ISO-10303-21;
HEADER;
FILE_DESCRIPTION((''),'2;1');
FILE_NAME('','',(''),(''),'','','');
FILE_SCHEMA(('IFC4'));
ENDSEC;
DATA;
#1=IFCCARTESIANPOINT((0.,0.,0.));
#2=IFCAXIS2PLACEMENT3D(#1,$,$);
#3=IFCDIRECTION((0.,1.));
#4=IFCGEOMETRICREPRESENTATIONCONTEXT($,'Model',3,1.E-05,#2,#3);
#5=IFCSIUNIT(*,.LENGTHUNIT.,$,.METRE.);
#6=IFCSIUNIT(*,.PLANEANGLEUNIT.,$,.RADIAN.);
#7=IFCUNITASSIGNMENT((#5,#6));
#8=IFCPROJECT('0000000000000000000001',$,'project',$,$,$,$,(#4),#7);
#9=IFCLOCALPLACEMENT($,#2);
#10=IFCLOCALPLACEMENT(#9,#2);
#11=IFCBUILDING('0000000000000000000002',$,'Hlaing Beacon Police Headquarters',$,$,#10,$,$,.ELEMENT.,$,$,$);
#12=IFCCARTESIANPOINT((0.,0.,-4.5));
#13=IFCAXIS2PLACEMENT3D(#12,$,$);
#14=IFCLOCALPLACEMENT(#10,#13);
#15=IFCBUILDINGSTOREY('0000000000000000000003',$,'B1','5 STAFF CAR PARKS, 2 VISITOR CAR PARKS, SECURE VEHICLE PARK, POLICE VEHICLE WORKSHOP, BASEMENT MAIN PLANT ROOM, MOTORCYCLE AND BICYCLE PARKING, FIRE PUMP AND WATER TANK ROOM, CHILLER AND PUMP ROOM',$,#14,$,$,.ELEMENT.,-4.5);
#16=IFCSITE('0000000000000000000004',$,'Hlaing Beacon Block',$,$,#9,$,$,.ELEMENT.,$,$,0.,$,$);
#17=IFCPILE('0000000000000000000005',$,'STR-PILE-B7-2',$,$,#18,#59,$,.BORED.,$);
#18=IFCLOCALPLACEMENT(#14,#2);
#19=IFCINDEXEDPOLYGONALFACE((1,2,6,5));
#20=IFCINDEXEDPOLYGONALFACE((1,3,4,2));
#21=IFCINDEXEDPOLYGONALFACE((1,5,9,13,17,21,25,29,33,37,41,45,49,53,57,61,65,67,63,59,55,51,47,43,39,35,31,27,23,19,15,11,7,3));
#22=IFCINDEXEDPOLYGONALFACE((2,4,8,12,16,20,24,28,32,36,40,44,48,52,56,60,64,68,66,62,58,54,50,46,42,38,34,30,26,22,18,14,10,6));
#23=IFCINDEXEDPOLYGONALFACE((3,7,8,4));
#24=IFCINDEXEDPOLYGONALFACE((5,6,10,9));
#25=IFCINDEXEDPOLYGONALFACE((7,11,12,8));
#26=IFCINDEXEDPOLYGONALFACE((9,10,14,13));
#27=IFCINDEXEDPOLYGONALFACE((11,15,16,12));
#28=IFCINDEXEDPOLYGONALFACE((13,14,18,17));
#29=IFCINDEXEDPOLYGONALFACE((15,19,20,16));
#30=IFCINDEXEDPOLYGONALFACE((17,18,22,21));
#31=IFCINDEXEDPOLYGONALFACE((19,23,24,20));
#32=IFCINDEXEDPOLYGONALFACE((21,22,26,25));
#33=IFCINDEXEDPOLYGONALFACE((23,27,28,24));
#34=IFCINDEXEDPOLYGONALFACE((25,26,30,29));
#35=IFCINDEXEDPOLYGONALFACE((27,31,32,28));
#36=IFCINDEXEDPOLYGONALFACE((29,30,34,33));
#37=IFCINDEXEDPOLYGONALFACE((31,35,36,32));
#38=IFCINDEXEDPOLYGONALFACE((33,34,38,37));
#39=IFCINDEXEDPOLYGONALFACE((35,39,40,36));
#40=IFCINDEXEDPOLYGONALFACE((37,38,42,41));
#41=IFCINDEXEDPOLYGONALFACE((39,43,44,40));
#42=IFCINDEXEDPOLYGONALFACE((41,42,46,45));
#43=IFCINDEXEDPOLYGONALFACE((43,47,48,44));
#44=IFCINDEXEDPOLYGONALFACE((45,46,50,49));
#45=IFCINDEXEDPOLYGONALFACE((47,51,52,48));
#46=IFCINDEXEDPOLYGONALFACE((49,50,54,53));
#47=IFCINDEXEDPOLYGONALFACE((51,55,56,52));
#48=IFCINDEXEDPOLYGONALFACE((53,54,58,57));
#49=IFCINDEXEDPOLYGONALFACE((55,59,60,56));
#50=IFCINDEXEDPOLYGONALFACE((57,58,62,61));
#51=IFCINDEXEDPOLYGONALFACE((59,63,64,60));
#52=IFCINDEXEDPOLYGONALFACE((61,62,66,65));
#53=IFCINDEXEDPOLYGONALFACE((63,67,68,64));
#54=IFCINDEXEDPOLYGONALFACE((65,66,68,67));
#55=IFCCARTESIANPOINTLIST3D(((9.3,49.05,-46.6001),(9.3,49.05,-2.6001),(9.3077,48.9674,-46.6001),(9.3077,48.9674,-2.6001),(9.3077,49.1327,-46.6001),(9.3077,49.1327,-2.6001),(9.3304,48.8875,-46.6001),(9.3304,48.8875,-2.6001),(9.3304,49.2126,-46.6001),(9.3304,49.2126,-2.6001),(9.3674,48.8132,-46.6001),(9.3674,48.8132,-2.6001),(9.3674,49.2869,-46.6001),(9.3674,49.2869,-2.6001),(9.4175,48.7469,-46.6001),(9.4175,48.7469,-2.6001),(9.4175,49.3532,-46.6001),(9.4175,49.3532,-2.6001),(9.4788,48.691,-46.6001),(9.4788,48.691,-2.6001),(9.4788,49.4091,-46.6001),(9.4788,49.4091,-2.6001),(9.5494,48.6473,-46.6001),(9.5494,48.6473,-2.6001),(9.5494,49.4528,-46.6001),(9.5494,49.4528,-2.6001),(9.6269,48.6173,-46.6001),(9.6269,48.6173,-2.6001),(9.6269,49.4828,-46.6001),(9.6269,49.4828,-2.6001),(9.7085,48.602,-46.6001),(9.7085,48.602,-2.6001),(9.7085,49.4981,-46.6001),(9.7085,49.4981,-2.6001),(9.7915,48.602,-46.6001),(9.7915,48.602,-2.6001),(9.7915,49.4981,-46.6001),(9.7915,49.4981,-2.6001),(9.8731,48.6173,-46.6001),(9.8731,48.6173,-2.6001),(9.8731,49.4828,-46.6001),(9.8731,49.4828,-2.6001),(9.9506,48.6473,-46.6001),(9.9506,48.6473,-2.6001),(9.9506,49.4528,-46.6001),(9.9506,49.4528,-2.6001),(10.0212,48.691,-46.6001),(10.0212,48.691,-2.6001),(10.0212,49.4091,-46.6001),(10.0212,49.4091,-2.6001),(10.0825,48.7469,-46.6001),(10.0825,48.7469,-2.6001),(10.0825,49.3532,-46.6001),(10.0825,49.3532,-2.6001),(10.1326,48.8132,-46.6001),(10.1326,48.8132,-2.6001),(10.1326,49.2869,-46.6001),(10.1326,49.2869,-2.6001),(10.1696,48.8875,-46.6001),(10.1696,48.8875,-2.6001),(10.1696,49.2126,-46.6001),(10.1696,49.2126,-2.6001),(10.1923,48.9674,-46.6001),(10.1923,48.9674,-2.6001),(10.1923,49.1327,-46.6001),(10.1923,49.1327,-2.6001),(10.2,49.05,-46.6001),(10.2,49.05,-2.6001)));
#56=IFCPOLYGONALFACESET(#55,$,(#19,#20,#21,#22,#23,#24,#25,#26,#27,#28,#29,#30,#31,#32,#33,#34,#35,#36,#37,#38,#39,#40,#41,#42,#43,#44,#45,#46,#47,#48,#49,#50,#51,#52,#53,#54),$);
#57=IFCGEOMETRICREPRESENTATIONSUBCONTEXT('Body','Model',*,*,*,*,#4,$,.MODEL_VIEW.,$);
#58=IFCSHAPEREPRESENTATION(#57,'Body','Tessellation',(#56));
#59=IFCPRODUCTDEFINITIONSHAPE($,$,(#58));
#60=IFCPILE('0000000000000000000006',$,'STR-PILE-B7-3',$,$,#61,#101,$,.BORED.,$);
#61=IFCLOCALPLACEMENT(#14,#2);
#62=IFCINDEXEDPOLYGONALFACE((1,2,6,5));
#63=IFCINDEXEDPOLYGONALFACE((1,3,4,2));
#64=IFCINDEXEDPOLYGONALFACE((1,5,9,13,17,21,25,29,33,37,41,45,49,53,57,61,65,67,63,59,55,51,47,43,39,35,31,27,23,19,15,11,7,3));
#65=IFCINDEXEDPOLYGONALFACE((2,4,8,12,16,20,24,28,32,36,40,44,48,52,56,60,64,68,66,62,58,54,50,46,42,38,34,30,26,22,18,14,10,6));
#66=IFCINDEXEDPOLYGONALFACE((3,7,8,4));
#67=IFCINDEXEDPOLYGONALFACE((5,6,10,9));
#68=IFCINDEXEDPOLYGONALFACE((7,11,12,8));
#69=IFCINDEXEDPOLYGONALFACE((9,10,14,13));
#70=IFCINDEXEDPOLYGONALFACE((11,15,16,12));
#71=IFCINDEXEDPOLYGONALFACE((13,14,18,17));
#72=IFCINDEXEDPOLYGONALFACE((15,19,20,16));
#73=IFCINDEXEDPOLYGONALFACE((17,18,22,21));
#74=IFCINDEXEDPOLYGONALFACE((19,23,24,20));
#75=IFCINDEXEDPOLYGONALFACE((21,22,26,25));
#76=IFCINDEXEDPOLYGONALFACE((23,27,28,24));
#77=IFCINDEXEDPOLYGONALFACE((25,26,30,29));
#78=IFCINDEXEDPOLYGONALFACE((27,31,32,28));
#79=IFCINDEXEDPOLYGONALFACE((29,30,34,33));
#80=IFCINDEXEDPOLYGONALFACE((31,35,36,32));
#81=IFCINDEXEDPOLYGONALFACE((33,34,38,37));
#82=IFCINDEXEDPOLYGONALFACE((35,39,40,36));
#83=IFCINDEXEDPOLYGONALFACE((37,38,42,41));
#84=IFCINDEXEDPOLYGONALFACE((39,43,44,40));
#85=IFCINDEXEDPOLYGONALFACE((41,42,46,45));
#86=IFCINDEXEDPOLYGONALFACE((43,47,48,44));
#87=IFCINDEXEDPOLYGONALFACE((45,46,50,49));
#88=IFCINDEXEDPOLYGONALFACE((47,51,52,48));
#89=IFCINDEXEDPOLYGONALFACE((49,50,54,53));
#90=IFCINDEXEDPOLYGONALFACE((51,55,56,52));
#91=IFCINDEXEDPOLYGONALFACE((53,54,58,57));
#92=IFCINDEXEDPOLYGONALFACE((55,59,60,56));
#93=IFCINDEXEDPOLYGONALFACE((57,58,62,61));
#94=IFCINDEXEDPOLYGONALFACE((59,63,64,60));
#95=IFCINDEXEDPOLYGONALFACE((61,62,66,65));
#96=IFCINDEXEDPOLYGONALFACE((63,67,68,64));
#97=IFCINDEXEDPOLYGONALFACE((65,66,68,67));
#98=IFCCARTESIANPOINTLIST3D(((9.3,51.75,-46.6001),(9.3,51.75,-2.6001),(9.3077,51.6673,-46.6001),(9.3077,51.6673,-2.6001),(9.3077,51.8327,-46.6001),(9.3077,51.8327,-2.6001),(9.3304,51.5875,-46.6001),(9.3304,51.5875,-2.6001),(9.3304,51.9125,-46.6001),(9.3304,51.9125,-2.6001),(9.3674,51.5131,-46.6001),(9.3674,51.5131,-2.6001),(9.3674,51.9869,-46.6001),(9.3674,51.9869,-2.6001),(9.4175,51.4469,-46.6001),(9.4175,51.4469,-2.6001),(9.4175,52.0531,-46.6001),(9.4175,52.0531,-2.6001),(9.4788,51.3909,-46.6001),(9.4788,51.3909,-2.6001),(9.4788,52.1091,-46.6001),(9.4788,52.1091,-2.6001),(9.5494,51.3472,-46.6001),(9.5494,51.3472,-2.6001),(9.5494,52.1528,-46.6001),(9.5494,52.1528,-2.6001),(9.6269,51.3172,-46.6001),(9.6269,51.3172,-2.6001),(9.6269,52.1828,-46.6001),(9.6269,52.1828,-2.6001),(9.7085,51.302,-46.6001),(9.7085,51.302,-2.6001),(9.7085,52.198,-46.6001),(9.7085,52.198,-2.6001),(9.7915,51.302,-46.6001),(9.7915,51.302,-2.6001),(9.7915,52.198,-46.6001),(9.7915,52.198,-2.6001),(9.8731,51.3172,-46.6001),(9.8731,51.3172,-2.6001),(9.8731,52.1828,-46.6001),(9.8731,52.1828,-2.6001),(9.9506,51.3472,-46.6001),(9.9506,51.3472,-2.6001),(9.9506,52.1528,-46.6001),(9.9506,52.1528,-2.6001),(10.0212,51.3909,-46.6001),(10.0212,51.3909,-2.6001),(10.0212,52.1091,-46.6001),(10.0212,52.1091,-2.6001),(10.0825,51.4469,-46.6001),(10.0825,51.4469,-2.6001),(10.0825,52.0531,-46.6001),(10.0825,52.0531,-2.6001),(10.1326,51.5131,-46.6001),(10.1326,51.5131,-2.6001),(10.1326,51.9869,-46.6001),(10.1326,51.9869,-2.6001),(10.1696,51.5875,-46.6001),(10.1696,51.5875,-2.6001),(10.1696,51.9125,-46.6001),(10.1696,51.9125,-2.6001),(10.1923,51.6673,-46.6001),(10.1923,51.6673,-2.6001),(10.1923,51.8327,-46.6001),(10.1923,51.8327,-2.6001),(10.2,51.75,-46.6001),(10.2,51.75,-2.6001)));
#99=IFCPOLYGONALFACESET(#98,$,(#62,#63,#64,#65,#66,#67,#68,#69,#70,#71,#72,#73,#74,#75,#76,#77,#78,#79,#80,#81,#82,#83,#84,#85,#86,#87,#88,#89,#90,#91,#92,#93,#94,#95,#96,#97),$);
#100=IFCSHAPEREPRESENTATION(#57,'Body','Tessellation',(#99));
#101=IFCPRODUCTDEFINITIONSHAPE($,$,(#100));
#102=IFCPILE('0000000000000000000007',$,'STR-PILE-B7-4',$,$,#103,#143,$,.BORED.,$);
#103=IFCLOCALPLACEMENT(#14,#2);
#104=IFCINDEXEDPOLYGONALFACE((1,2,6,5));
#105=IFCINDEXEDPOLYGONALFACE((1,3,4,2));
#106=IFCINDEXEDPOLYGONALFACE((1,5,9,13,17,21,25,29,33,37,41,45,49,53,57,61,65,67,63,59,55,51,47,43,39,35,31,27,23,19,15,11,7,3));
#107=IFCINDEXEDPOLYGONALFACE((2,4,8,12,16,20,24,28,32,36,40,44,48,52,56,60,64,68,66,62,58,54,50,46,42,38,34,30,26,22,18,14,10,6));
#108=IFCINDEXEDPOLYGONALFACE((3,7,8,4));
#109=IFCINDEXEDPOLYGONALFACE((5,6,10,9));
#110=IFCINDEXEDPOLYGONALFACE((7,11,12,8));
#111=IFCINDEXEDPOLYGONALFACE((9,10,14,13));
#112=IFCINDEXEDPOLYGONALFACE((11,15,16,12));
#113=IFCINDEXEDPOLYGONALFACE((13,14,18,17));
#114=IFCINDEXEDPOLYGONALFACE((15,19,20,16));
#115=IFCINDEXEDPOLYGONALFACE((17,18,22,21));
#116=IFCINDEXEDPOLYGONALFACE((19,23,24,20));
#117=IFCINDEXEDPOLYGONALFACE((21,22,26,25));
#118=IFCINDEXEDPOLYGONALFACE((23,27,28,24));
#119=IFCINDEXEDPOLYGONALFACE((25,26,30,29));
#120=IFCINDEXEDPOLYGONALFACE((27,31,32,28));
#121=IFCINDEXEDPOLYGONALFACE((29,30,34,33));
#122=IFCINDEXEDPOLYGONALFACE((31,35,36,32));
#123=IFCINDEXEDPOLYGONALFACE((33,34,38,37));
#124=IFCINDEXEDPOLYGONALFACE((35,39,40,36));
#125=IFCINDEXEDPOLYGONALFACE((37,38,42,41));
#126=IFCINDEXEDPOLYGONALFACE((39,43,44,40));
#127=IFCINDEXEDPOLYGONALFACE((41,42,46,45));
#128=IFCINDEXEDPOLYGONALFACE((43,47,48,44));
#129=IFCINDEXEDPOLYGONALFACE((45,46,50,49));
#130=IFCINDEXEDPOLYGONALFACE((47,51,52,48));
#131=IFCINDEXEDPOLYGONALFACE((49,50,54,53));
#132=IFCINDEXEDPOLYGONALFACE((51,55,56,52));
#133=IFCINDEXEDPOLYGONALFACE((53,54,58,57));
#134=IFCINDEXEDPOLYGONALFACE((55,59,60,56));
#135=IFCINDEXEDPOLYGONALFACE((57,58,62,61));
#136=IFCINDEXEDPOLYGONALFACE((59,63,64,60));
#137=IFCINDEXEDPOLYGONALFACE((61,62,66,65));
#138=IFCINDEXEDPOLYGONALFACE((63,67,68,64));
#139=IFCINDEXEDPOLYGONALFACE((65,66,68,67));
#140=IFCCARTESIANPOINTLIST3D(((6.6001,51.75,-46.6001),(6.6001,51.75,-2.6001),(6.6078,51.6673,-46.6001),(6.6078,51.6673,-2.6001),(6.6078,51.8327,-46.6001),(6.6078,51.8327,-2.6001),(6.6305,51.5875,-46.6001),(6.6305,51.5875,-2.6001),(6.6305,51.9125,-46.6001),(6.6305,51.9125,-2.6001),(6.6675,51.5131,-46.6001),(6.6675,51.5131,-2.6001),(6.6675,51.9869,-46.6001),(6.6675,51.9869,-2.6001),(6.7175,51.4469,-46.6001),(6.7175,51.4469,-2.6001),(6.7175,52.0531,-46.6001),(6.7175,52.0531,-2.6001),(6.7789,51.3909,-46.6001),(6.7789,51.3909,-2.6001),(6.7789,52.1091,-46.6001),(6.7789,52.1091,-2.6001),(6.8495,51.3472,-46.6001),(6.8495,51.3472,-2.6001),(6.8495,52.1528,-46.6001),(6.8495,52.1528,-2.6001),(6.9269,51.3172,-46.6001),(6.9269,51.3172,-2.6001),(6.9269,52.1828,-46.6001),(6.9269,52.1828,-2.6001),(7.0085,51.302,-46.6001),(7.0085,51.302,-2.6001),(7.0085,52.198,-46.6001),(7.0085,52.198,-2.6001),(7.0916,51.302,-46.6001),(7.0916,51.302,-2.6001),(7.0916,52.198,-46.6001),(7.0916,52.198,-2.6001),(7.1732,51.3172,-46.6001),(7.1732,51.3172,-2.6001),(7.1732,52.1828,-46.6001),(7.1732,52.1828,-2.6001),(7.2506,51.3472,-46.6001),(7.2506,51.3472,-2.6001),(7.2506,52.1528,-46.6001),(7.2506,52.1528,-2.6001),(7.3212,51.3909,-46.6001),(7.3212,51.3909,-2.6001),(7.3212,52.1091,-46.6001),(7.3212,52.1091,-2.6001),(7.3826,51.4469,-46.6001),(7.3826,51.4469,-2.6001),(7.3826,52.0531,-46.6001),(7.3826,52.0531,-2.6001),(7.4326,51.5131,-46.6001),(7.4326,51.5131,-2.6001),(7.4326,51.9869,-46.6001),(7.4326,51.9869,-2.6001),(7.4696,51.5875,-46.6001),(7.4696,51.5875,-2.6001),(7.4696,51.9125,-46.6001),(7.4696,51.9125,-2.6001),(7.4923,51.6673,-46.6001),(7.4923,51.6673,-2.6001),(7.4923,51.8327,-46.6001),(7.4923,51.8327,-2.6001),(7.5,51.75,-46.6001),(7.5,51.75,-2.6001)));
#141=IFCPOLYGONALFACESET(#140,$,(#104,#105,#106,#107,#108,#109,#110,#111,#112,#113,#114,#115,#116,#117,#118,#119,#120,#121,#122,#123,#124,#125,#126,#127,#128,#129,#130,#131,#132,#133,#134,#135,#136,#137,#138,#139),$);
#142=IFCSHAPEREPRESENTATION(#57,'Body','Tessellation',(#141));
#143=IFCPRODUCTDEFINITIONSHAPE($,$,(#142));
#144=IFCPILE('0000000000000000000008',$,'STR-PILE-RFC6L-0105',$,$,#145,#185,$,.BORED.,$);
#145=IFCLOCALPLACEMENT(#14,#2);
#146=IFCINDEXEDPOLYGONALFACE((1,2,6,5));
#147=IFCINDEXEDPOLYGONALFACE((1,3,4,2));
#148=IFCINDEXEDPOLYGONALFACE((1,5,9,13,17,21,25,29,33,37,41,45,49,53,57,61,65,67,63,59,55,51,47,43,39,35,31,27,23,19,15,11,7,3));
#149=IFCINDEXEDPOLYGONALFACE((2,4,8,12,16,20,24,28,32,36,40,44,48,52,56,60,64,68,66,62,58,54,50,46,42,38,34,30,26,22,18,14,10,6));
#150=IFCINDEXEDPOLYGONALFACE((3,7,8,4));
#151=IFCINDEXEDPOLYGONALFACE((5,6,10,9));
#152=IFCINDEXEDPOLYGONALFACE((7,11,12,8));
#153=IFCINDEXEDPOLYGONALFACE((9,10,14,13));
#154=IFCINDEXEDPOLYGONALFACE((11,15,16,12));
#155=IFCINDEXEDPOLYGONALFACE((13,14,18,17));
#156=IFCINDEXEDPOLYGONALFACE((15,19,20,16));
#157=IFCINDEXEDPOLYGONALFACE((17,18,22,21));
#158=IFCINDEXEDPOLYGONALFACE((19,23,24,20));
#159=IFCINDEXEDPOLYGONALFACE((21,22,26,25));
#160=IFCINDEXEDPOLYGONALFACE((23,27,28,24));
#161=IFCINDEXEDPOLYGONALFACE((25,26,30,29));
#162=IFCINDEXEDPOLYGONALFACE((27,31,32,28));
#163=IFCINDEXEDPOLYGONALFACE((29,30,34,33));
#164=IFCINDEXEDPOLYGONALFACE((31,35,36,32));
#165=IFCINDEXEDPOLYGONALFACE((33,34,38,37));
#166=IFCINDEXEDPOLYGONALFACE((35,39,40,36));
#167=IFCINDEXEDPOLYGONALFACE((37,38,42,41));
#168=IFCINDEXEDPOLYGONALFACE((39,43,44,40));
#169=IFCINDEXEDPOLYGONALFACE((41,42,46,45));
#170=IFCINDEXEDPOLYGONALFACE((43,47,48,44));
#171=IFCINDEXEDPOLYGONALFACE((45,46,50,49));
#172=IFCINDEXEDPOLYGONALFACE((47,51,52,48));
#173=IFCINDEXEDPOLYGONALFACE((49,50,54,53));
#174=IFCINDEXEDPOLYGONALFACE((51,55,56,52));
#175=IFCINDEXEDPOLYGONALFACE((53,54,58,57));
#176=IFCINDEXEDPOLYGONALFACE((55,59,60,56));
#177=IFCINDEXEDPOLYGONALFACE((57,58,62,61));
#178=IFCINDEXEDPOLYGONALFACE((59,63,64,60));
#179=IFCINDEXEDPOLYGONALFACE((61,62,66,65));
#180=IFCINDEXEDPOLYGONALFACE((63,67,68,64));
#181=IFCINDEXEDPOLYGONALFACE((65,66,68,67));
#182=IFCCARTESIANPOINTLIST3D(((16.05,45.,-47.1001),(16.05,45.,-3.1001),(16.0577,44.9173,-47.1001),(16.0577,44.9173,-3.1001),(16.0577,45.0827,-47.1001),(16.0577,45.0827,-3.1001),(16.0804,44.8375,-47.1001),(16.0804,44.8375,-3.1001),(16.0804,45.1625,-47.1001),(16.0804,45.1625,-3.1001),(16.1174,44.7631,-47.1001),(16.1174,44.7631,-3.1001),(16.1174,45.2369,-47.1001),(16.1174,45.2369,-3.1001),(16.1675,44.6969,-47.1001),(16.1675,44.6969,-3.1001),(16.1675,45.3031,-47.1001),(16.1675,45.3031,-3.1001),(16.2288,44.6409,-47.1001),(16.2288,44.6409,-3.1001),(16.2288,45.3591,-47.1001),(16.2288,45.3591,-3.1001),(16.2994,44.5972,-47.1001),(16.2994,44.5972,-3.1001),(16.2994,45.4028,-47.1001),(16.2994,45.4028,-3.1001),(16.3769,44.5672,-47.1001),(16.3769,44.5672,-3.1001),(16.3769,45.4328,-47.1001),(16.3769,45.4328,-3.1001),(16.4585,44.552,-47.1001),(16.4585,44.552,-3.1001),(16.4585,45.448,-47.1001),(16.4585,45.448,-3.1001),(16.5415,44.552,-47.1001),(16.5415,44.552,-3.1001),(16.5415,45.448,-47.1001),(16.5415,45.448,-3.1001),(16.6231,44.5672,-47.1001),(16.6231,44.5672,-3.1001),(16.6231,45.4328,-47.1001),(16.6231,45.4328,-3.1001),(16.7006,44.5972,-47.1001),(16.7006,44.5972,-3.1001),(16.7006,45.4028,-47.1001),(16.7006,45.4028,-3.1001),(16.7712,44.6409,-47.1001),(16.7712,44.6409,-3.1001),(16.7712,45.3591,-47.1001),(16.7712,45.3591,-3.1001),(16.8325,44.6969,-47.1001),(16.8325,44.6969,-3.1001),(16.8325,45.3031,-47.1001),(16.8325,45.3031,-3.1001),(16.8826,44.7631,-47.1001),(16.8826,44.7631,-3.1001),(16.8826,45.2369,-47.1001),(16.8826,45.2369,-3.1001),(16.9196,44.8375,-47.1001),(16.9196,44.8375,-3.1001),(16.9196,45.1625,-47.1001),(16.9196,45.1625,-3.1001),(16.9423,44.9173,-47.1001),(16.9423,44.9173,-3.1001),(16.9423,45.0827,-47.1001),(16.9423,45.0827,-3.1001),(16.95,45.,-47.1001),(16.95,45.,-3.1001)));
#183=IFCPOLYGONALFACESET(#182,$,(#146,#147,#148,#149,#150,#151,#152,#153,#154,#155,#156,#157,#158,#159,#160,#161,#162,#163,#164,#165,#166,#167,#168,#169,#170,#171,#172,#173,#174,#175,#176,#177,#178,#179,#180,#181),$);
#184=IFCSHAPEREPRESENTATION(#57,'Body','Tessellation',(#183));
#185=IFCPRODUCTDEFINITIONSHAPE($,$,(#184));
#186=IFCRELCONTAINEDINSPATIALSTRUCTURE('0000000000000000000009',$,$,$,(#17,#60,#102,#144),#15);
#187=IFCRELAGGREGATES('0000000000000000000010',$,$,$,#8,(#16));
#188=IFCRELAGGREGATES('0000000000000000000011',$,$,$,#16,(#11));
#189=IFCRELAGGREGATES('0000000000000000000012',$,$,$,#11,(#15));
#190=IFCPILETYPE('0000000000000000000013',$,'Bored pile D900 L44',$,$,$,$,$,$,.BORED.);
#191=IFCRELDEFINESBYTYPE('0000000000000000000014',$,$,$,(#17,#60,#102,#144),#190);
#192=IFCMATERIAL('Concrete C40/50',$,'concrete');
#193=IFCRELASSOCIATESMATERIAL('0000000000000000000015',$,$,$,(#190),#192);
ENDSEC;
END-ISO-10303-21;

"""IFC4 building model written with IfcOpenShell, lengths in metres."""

from ifc_helpers import new_model, si_unit, direction, frame, origin, origin_2d, place, context, subcontext, project, spatial, circle, extrude, material, material_profile, profile_set, type_object, element, save


model = new_model("IFC4")

# Units and contexts
model_context = context("Model", 3, precision=1e-05, world=origin(), true_north=direction((0.0, 1.0)))
body_context = subcontext(model_context, "Body", "Model", "MODEL_VIEW")
ifc_project = project(units=[si_unit("LENGTHUNIT", "METRE"), si_unit("PLANEANGLEUNIT", "RADIAN")], contexts=[model_context])

# Site, building, storey
site_placement = place(None, origin())
site = spatial("IfcSite", under=ifc_project, at=site_placement, Name="Hlaing Beacon Block", CompositionType="ELEMENT", RefElevation=0.0)
building_placement = place(site_placement, origin())
building = spatial("IfcBuilding", under=site, at=building_placement, Name="Hlaing Beacon Police Headquarters", CompositionType="ELEMENT")
storey_placement = place(building_placement, frame((0.0, 0.0, -4.5)))
storey = spatial("IfcBuildingStorey", under=building, at=storey_placement, Name="B1", Description="5 STAFF CAR PARKS, 2 VISITOR CAR PARKS, SECURE VEHICLE PARK, POLICE VEHICLE WORKSHOP, BASEMENT MAIN PLANT ROOM, MOTORCYCLE AND BICYCLE PARKING, FIRE PUMP AND WATER TANK ROOM, CHILLER AND PUMP ROOM", CompositionType="ELEMENT", Elevation=-4.5)

# Piles
ifc_material_1 = material(Name="Concrete C40/50", Category="concrete")
ifc_material_profile_1 = material_profile(ifc_material_1, circle(Radius=0.45, at=origin_2d()), Name="D900")
ifc_profile_set_1 = profile_set([ifc_material_profile_1], Name="Concrete C40/50")
pile_type_1 = type_object("IfcPileType", Name="Bored pile D900 L44", PredefinedType="BORED", material=ifc_profile_set_1)
for number, where, z_axis, x_axis, name in (
    (1, (9.75, 49.05, -2.6001), (0.0, 0.0, -1.0), (1.0, 0.0, 0.0), "STR-PILE-B7-2"),
    (2, (9.75, 51.75, -2.6001), (0.0, 0.0, -1.0), (1.0, 0.0, 0.0), "STR-PILE-B7-3"),
    (3, (7.05, 51.75, -2.6001), (0.0, 0.0, -1.0), (1.0, 0.0, 0.0), "STR-PILE-B7-4"),
    (4, (16.5, 45.0, -3.1001), (0.0, 0.0, -1.0), (1.0, 0.0, 0.0), "STR-PILE-RFC6L-0105"),
):
    element("IfcPile", number, at=place(storey_placement, frame(where, z_axis=z_axis, x_axis=x_axis)), inside=storey, type_object=pile_type_1, Name=name, PredefinedType="BORED", context=body_context, shape_type="SweptSolid", body=[
        extrude(circle(Radius=0.45, at=origin_2d()), origin(), (0.0, 0.0, 1.0), 44.0),
    ])

save(model, "model.ifc")
